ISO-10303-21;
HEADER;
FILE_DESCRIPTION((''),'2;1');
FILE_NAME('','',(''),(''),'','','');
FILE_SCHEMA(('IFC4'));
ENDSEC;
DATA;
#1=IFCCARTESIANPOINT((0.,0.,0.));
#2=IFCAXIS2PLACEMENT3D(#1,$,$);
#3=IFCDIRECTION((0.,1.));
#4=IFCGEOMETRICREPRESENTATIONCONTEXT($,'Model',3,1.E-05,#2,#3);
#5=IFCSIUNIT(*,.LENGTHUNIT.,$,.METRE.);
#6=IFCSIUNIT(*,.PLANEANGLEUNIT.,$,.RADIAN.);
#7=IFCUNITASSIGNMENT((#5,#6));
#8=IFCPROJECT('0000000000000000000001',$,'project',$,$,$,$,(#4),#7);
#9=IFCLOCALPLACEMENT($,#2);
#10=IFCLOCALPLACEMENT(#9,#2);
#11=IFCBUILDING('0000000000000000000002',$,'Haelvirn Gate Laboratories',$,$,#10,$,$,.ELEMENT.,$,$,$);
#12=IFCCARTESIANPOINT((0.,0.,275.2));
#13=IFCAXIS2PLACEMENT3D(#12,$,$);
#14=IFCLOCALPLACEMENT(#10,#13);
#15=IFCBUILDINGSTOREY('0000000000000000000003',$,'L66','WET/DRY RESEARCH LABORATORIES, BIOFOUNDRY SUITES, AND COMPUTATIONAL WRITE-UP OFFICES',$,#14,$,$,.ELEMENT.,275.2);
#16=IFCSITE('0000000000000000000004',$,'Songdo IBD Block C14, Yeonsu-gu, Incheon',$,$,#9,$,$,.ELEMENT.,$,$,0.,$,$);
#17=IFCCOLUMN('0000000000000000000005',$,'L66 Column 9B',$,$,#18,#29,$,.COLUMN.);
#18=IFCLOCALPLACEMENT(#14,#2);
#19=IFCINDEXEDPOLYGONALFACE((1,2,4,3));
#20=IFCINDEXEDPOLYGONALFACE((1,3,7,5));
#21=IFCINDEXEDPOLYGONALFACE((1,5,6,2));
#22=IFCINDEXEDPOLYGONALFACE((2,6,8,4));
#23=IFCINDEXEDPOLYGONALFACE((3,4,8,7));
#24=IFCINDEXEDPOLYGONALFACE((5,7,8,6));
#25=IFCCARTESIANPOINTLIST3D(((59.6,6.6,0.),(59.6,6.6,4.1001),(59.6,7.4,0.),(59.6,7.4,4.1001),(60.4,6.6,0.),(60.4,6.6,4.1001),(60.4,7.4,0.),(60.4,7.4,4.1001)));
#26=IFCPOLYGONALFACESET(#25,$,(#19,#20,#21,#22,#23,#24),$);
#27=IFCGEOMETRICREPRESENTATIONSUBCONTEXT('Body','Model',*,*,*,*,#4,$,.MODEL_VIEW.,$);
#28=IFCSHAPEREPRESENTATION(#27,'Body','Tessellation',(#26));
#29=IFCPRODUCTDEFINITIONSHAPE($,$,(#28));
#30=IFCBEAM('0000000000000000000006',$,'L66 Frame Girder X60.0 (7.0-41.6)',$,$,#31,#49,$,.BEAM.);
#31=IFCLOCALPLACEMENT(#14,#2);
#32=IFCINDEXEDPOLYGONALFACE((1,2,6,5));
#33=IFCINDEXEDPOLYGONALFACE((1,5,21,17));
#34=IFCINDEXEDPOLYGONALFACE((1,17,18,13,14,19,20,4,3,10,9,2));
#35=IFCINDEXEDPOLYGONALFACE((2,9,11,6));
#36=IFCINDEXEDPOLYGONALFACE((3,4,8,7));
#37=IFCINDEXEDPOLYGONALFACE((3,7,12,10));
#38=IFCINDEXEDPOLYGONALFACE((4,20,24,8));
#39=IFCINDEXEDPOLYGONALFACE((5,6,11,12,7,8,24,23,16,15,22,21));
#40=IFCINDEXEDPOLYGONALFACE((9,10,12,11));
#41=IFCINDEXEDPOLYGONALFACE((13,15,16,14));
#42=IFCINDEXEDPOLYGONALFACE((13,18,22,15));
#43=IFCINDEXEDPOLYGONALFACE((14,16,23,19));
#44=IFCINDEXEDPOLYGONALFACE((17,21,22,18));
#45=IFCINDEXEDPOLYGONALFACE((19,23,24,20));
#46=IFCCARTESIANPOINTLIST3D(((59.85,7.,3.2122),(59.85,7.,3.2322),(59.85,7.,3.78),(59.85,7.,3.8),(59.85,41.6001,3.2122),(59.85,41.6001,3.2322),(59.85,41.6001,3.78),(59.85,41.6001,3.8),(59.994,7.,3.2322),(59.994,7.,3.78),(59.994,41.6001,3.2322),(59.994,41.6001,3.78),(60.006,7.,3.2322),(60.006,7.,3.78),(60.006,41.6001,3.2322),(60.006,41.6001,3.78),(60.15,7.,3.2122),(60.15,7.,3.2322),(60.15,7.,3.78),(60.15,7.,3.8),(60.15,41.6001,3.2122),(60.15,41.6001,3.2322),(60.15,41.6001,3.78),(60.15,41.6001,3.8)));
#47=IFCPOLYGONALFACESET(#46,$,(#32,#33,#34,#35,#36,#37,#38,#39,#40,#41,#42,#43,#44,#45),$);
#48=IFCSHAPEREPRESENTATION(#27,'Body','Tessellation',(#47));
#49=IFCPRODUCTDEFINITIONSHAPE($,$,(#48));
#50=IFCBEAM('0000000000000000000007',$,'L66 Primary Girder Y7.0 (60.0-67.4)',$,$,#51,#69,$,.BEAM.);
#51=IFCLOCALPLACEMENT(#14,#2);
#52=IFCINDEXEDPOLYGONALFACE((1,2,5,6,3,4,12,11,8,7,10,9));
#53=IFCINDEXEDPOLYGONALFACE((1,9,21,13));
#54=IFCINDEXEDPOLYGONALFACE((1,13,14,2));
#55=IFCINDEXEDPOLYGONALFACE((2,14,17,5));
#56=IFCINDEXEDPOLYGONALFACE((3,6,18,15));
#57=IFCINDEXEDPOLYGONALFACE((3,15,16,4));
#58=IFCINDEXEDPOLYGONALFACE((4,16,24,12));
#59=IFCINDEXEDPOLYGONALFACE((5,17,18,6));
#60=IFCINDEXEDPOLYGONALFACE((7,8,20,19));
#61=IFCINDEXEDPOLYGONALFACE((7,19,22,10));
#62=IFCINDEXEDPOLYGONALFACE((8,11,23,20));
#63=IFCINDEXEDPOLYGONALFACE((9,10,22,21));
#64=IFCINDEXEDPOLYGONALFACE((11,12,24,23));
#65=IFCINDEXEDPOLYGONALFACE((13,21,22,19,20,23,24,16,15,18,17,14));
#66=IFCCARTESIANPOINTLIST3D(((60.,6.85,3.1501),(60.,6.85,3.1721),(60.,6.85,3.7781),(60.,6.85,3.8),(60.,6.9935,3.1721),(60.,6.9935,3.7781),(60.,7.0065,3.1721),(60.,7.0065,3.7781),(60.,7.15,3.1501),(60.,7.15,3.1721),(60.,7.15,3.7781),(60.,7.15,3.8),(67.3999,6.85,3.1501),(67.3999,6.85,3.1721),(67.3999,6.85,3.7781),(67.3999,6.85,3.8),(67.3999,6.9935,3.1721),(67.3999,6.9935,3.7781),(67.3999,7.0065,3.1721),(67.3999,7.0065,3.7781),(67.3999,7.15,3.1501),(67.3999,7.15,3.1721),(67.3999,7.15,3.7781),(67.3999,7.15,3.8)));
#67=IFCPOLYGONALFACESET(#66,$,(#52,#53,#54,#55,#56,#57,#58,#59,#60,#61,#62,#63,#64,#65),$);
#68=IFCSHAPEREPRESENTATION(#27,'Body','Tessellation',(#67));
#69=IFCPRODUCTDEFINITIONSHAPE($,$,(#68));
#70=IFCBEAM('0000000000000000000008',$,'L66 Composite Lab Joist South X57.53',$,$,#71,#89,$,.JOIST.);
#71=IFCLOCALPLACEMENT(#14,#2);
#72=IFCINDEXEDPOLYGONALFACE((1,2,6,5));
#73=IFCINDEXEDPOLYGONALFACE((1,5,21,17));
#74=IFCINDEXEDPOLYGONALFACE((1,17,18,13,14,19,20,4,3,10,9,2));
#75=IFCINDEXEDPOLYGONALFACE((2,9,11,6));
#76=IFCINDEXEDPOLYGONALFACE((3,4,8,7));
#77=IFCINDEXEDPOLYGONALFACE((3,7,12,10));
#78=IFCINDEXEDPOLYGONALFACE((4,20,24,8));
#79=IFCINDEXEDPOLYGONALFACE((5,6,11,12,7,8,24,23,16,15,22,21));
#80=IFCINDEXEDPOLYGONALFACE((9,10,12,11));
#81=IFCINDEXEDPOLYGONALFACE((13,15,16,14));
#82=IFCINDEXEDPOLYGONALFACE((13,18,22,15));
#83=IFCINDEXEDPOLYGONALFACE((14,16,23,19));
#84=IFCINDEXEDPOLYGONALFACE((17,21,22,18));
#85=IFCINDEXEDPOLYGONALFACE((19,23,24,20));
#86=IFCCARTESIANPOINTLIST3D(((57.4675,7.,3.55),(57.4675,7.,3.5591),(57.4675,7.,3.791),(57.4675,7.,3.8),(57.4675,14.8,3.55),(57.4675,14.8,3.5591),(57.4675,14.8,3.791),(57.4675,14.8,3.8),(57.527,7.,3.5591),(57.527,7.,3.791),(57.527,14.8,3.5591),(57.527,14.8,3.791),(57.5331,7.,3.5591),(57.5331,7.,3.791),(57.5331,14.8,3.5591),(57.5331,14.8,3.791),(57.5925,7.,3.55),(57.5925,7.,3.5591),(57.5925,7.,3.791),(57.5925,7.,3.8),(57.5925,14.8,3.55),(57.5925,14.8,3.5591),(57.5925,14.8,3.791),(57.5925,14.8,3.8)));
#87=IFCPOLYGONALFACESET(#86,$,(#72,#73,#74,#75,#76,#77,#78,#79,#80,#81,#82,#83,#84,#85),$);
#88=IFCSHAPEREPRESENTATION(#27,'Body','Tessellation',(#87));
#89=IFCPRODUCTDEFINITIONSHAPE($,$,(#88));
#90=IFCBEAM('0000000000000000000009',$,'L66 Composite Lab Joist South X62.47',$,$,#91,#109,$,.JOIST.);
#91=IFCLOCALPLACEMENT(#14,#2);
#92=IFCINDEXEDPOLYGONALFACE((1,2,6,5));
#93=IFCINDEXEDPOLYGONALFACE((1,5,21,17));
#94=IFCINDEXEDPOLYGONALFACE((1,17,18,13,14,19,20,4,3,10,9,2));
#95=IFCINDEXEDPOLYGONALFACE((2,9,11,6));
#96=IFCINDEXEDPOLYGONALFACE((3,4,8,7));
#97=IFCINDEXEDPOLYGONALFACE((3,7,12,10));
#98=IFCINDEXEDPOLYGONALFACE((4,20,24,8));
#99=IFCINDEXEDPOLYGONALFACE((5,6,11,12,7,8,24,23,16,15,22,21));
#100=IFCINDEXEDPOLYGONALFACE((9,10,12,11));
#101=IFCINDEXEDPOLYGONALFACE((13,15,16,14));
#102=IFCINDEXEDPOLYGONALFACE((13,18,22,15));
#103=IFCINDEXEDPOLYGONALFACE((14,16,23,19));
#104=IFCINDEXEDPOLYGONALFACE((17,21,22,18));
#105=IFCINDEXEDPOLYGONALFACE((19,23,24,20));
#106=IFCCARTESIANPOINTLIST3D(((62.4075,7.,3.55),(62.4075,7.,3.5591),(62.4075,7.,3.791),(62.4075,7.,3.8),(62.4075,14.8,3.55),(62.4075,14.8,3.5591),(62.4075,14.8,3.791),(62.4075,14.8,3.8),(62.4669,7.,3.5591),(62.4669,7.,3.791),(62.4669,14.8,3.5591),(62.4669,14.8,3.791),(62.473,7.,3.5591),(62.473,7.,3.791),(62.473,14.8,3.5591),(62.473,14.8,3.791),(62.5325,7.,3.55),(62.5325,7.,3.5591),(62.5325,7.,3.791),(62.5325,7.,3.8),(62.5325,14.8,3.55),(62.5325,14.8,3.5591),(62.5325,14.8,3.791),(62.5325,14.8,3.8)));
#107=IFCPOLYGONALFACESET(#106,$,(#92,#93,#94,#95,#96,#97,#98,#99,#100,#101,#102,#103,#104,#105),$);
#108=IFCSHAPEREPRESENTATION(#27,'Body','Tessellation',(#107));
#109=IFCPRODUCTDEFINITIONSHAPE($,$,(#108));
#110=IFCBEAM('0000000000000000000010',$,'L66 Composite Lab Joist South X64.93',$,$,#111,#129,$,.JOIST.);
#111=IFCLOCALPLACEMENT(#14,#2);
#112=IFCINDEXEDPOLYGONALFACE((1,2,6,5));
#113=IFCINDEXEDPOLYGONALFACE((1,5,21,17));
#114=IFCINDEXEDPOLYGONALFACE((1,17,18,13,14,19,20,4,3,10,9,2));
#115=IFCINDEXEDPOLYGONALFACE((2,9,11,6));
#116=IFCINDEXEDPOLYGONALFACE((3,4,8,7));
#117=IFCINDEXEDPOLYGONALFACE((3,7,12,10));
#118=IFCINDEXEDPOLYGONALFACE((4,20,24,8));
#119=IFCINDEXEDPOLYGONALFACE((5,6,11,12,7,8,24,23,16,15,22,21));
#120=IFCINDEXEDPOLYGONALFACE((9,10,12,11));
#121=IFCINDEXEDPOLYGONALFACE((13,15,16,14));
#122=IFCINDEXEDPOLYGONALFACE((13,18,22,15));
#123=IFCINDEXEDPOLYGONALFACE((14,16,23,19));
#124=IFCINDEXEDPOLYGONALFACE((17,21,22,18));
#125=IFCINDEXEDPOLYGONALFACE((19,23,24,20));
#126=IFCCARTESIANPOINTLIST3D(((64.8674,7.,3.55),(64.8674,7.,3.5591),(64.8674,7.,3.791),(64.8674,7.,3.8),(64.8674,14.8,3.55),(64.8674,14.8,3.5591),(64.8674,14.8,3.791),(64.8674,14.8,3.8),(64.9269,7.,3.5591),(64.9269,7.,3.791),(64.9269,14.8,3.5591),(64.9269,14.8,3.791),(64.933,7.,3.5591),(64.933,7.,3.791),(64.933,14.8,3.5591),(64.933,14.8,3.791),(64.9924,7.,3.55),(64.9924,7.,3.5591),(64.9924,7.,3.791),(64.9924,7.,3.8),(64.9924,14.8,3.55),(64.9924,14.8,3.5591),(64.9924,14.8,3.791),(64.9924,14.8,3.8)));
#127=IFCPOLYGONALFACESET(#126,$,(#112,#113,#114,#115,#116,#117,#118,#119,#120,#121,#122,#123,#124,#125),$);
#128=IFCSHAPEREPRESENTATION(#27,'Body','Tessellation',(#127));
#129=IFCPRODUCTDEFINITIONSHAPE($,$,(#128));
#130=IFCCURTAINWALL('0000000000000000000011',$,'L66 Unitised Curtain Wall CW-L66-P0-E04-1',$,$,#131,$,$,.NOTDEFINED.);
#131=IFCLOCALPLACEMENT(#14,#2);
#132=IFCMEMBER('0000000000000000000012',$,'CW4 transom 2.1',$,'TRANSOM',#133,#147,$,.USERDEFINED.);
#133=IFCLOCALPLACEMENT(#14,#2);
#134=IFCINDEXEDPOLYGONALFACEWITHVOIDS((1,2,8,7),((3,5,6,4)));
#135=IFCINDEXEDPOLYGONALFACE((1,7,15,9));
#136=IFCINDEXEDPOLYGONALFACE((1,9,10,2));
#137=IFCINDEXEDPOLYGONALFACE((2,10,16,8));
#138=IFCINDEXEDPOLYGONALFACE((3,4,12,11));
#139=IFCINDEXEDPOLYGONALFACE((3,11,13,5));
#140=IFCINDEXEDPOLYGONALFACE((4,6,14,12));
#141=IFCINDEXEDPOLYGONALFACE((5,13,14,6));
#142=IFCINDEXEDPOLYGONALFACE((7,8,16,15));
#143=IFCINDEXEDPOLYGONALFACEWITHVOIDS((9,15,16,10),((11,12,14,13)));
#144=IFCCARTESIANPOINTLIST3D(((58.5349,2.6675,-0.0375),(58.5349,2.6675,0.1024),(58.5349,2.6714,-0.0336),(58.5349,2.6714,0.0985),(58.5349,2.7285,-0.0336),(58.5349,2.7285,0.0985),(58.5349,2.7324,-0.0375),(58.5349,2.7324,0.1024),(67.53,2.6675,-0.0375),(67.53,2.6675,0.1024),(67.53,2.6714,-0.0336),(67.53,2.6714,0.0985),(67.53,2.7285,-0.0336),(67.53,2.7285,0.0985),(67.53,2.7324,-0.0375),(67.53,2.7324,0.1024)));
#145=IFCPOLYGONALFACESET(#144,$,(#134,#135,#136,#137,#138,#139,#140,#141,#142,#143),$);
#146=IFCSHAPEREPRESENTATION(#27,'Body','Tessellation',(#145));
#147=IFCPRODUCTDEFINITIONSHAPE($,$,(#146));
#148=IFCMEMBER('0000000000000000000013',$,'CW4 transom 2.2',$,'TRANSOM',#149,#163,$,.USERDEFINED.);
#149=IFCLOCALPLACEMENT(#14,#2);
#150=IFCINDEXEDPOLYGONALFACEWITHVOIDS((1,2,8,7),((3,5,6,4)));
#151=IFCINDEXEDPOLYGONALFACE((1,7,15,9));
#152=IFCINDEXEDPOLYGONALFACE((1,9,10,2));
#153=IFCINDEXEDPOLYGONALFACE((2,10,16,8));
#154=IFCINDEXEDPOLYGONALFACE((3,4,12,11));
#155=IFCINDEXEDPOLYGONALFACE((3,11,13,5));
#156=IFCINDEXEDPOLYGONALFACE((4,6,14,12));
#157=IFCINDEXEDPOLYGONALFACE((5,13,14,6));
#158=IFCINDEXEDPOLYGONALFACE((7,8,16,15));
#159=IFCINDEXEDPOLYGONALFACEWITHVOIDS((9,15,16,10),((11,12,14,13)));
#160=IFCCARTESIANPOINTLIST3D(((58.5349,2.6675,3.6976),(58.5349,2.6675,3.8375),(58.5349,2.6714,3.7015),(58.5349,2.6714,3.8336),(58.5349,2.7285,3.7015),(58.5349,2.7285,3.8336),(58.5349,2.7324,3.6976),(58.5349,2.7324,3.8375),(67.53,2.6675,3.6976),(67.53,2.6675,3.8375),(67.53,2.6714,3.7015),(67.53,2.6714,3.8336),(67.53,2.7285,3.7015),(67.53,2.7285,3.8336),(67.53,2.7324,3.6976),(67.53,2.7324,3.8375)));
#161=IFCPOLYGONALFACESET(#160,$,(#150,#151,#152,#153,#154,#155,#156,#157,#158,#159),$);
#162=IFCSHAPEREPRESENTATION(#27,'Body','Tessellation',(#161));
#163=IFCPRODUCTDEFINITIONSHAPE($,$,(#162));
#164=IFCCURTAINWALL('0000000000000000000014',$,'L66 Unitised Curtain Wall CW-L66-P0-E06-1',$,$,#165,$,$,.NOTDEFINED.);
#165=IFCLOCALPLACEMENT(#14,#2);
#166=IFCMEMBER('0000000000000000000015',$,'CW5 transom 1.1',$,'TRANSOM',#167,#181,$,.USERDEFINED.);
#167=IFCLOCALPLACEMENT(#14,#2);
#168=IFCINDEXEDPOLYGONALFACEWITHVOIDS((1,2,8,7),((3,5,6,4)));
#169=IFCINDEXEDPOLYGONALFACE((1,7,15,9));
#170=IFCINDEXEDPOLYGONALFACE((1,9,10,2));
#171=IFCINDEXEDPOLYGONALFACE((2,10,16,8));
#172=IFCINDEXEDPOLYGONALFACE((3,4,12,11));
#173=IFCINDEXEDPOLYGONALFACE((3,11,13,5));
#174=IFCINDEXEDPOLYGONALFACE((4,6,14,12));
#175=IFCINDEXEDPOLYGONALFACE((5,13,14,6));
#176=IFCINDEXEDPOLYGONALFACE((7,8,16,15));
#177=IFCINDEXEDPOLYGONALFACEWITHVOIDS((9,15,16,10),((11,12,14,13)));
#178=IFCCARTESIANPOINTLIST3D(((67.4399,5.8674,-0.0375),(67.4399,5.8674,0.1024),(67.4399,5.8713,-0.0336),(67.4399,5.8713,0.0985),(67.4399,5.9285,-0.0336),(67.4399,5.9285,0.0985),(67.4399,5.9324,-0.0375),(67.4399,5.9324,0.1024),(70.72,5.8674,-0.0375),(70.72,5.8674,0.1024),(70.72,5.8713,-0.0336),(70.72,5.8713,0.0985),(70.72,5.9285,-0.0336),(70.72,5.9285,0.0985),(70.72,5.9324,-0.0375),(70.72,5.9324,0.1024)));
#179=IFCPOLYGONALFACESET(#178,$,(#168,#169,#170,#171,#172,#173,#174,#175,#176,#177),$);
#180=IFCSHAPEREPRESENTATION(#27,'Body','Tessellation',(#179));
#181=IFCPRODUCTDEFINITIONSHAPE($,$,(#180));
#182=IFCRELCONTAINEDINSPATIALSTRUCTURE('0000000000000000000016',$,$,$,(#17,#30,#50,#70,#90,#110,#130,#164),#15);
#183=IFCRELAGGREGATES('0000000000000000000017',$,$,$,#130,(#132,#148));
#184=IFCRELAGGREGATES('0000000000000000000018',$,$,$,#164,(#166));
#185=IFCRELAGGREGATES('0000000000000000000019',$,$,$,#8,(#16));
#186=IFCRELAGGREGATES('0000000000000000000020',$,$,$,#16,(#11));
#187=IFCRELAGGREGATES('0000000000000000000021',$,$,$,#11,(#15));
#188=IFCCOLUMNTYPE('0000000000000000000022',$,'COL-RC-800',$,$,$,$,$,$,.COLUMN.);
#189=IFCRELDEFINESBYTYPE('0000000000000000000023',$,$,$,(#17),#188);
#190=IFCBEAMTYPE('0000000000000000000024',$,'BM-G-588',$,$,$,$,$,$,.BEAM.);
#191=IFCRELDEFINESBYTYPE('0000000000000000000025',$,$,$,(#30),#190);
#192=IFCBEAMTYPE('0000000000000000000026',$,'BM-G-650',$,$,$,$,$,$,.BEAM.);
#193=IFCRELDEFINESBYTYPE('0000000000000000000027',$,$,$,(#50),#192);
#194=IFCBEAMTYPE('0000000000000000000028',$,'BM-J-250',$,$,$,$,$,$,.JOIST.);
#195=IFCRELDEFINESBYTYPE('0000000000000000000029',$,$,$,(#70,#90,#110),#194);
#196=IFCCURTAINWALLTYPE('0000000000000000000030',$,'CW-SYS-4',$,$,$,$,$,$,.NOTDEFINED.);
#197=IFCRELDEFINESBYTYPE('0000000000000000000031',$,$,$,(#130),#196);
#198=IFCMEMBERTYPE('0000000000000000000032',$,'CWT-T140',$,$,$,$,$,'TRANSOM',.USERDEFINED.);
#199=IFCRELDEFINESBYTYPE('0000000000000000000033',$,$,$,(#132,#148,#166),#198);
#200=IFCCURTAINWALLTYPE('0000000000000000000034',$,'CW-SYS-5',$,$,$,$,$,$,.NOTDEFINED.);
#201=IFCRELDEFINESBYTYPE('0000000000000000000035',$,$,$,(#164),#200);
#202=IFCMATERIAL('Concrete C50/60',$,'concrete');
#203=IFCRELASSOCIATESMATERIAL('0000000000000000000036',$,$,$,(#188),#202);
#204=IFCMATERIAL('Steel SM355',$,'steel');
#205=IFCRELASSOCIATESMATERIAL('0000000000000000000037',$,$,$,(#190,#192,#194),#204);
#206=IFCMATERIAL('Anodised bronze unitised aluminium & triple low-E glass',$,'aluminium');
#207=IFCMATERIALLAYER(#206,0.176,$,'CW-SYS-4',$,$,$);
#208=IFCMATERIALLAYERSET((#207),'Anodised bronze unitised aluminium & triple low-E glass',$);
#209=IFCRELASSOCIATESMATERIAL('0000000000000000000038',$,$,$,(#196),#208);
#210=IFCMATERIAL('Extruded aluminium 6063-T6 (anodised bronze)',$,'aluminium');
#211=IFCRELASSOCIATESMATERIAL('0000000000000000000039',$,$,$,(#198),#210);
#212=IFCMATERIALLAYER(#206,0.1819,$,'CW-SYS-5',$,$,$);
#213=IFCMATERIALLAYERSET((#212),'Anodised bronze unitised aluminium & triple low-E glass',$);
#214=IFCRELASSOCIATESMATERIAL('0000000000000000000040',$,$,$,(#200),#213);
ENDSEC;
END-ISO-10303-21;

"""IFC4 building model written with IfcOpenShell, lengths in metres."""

from ifc_helpers import new_model, si_unit, direction, frame, origin, origin_2d, place, context, subcontext, project, spatial, rectangle, hollow_rectangle, i_section, extrude, source, transform, mapped, material, layer, layer_set, material_profile, profile_set, type_object, type_shapes, element, aggregate, save


model = new_model("IFC4")

# Units and contexts
model_context = context("Model", 3, precision=1e-05, world=origin(), true_north=direction((0.0, 1.0)))
body_context = subcontext(model_context, "Body", "Model", "MODEL_VIEW")
ifc_project = project(units=[si_unit("LENGTHUNIT", "METRE"), si_unit("PLANEANGLEUNIT", "RADIAN")], contexts=[model_context])

# Site, building, storey
site_placement = place(None, origin())
site = spatial("IfcSite", under=ifc_project, at=site_placement, Name="Songdo IBD Block C14, Yeonsu-gu, Incheon", CompositionType="ELEMENT", RefElevation=0.0)
building_placement = place(site_placement, origin())
building = spatial("IfcBuilding", under=site, at=building_placement, Name="Haelvirn Gate Laboratories", CompositionType="ELEMENT")
storey_placement = place(building_placement, frame((0.0, 0.0, 275.2)))
storey = spatial("IfcBuildingStorey", under=building, at=storey_placement, Name="L66", Description="WET/DRY RESEARCH LABORATORIES, BIOFOUNDRY SUITES, AND COMPUTATIONAL WRITE-UP OFFICES", CompositionType="ELEMENT", Elevation=275.2)

# Column
ifc_material_1 = material(Name="Concrete C50/60", Category="concrete")
ifc_material_profile_1 = material_profile(ifc_material_1, rectangle(XDim=0.8, YDim=0.8, at=origin_2d()), Name="RC-800x800")
ifc_profile_set_1 = profile_set([ifc_material_profile_1], Name="Concrete C50/60")
column_type = type_object("IfcColumnType", Name="COL-RC-800", PredefinedType="COLUMN", material=ifc_profile_set_1)
shared_shape_1 = source(origin(), body_context, "Body", "SweptSolid", [
    extrude(rectangle(XDim=0.8, YDim=0.8, at=origin_2d()), origin(), (0.0, 0.0, 1.0), 4.1001),
])
type_shapes(column_type, [shared_shape_1])
column_placement = place(storey_placement, frame((60.0, 7.0, 0.0), z_axis=(0.0, 0.0, 1.0), x_axis=(1.0, 0.0, 0.0)))
element("IfcColumn", 1, at=column_placement, inside=storey, type_object=column_type, Name="L66 Column 9B", PredefinedType="COLUMN", context=body_context, shape_type="MappedRepresentation", body=[
    mapped(shared_shape_1, transform((0.0, 0.0, 0.0), scale=1.0)),
])

# Beams
ifc_material_2 = material(Name="Steel SM355", Category="steel")
ifc_material_profile_2 = material_profile(ifc_material_2, i_section(OverallWidth=0.3, OverallDepth=0.5879, WebThickness=0.012, FlangeThickness=0.02, at=origin_2d()), Name="H-588x300x12x20")
ifc_profile_set_2 = profile_set([ifc_material_profile_2], Name="Steel SM355")
beam_type_1 = type_object("IfcBeamType", Name="BM-G-588", PredefinedType="BEAM", material=ifc_profile_set_2)
shared_shape_2 = source(origin(), body_context, "Body", "SweptSolid", [
    extrude(i_section(OverallWidth=0.3, OverallDepth=0.5879, WebThickness=0.012, FlangeThickness=0.02, at=origin_2d()), origin(), (0.0, 0.0, 1.0), 34.6001),
])
type_shapes(beam_type_1, [shared_shape_2])
beam_1_placement = place(storey_placement, frame((60.0, 7.0, 3.5061), z_axis=(0.0, 1.0, 0.0), x_axis=(-1.0, 0.0, 0.0)))
element("IfcBeam", 2, at=beam_1_placement, inside=storey, type_object=beam_type_1, Name="L66 Frame Girder X60.0 (7.0-41.6)", PredefinedType="BEAM", context=body_context, shape_type="MappedRepresentation", body=[
    mapped(shared_shape_2, transform((0.0, 0.0, 0.0), scale=1.0)),
])
ifc_material_profile_3 = material_profile(ifc_material_2, i_section(OverallWidth=0.3, OverallDepth=0.6499, WebThickness=0.0129, FlangeThickness=0.022, at=origin_2d()), Name="H-650x300x13x22")
ifc_profile_set_3 = profile_set([ifc_material_profile_3], Name="Steel SM355")
beam_type_2 = type_object("IfcBeamType", Name="BM-G-650", PredefinedType="BEAM", material=ifc_profile_set_3)
shared_shape_3 = source(origin(), body_context, "Body", "SweptSolid", [
    extrude(i_section(OverallWidth=0.3, OverallDepth=0.6499, WebThickness=0.0129, FlangeThickness=0.022, at=origin_2d()), origin(), (0.0, 0.0, 1.0), 7.3999),
])
type_shapes(beam_type_2, [shared_shape_3])
beam_2_placement = place(storey_placement, frame((60.0, 7.0, 3.4751), z_axis=(1.0, 0.0, 0.0), x_axis=(0.0, 1.0, 0.0)))
element("IfcBeam", 3, at=beam_2_placement, inside=storey, type_object=beam_type_2, Name="L66 Primary Girder Y7.0 (60.0-67.4)", PredefinedType="BEAM", context=body_context, shape_type="MappedRepresentation", body=[
    mapped(shared_shape_3, transform((0.0, 0.0, 0.0), scale=1.0)),
])
ifc_material_profile_4 = material_profile(ifc_material_2, i_section(OverallWidth=0.125, OverallDepth=0.25, WebThickness=0.0061, FlangeThickness=0.009, at=origin_2d()), Name="H-250x125x6x9")
ifc_profile_set_4 = profile_set([ifc_material_profile_4], Name="Steel SM355")
beam_type_3 = type_object("IfcBeamType", Name="BM-J-250", PredefinedType="JOIST", material=ifc_profile_set_4)
shared_shape_4 = source(origin(), body_context, "Body", "SweptSolid", [
    extrude(i_section(OverallWidth=0.125, OverallDepth=0.25, WebThickness=0.0061, FlangeThickness=0.009, at=origin_2d()), origin(), (0.0, 0.0, 1.0), 7.8),
])
type_shapes(beam_type_3, [shared_shape_4])
for number, where, z_axis, x_axis, name in (
    (4, (57.53, 7.0, 3.675), (0.0, 1.0, 0.0), (-1.0, 0.0, 0.0), "L66 Composite Lab Joist South X57.53"),
    (5, (62.47, 7.0, 3.675), (0.0, 1.0, 0.0), (-1.0, 0.0, 0.0), "L66 Composite Lab Joist South X62.47"),
    (6, (64.9299, 7.0, 3.675), (0.0, 1.0, 0.0), (-1.0, 0.0, 0.0), "L66 Composite Lab Joist South X64.93"),
):
    element("IfcBeam", number, at=place(storey_placement, frame(where, z_axis=z_axis, x_axis=x_axis)), inside=storey, type_object=beam_type_3, Name=name, PredefinedType="JOIST", context=body_context, shape_type="MappedRepresentation", body=[
        mapped(shared_shape_4, transform((0.0, 0.0, 0.0), scale=1.0)),
    ])

# Curtain walls, members
ifc_material_3 = material(Name="Anodised bronze unitised aluminium & triple low-E glass", Category="aluminium")
ifc_layer_1 = layer(ifc_material_3, 0.176, Name="CW-SYS-4")
ifc_layer_set_1 = layer_set([ifc_layer_1], Name="Anodised bronze unitised aluminium & triple low-E glass")
curtain_wall_type_1 = type_object("IfcCurtainWallType", Name="CW-SYS-4", PredefinedType="NOTDEFINED", material=ifc_layer_set_1)
curtain_wall_1_placement = place(storey_placement, origin())
curtain_wall_1 = element("IfcCurtainWall", 7, at=curtain_wall_1_placement, inside=storey, type_object=curtain_wall_type_1, Name="L66 Unitised Curtain Wall CW-L66-P0-E04-1", PredefinedType="NOTDEFINED")
ifc_material_4 = material(Name="Extruded aluminium 6063-T6 (anodised bronze)", Category="aluminium")
ifc_material_profile_5 = material_profile(ifc_material_4, hollow_rectangle(XDim=0.0649, YDim=0.1399, WallThickness=0.0039, at=origin_2d()), Name="CWT-140x65x4")
ifc_profile_set_5 = profile_set([ifc_material_profile_5], Name="Extruded aluminium 6063-T6 (anodised bronze)")
member_type_1 = type_object("IfcMemberType", Name="CWT-T140", ElementType="TRANSOM", PredefinedType="USERDEFINED", material=ifc_profile_set_5)
shared_shape_5 = source(origin(), body_context, "Body", "SweptSolid", [
    extrude(hollow_rectangle(XDim=0.0649, YDim=0.1399, WallThickness=0.0039, at=origin_2d()), origin(), (0.0, 0.0, 1.0), 8.9951),
])
member_1_placement = place(storey_placement, frame((58.5349, 2.7, 0.0325), z_axis=(1.0, 0.0, 0.0), x_axis=(0.0, 1.0, 0.0)))
member_1 = element("IfcMember", 8, at=member_1_placement, type_object=member_type_1, Name="CW4 transom 2.1", ObjectType="TRANSOM", PredefinedType="USERDEFINED", context=body_context, shape_type="MappedRepresentation", body=[
    mapped(shared_shape_5, transform((0.0, 0.0, 0.0), scale=1.0)),
])
member_2_placement = place(storey_placement, frame((58.5349, 2.7, 3.7676), z_axis=(1.0, 0.0, 0.0), x_axis=(0.0, 1.0, 0.0)))
member_2 = element("IfcMember", 9, at=member_2_placement, type_object=member_type_1, Name="CW4 transom 2.2", ObjectType="TRANSOM", PredefinedType="USERDEFINED", context=body_context, shape_type="MappedRepresentation", body=[
    mapped(shared_shape_5, transform((0.0, 0.0, 0.0), scale=1.0)),
])
ifc_layer_2 = layer(ifc_material_3, 0.1819, Name="CW-SYS-5")
ifc_layer_set_2 = layer_set([ifc_layer_2], Name="Anodised bronze unitised aluminium & triple low-E glass")
curtain_wall_type_2 = type_object("IfcCurtainWallType", Name="CW-SYS-5", PredefinedType="NOTDEFINED", material=ifc_layer_set_2)
curtain_wall_2_placement = place(storey_placement, origin())
curtain_wall_2 = element("IfcCurtainWall", 10, at=curtain_wall_2_placement, inside=storey, type_object=curtain_wall_type_2, Name="L66 Unitised Curtain Wall CW-L66-P0-E06-1", PredefinedType="NOTDEFINED")
shared_shape_6 = source(origin(), body_context, "Body", "SweptSolid", [
    extrude(hollow_rectangle(XDim=0.0649, YDim=0.1399, WallThickness=0.0039, at=origin_2d()), origin(), (0.0, 0.0, 1.0), 3.28),
])
member_3_placement = place(storey_placement, frame((67.4399, 5.8999, 0.0325), z_axis=(1.0, 0.0, 0.0), x_axis=(0.0, 1.0, 0.0)))
member_3 = element("IfcMember", 11, at=member_3_placement, type_object=member_type_1, Name="CW5 transom 1.1", ObjectType="TRANSOM", PredefinedType="USERDEFINED", context=body_context, shape_type="MappedRepresentation", body=[
    mapped(shared_shape_6, transform((0.0, 0.0, 0.0), scale=1.0)),
])

aggregate(curtain_wall_1, [member_1, member_2])
aggregate(curtain_wall_2, [member_3])

save(model, "model.ifc")
